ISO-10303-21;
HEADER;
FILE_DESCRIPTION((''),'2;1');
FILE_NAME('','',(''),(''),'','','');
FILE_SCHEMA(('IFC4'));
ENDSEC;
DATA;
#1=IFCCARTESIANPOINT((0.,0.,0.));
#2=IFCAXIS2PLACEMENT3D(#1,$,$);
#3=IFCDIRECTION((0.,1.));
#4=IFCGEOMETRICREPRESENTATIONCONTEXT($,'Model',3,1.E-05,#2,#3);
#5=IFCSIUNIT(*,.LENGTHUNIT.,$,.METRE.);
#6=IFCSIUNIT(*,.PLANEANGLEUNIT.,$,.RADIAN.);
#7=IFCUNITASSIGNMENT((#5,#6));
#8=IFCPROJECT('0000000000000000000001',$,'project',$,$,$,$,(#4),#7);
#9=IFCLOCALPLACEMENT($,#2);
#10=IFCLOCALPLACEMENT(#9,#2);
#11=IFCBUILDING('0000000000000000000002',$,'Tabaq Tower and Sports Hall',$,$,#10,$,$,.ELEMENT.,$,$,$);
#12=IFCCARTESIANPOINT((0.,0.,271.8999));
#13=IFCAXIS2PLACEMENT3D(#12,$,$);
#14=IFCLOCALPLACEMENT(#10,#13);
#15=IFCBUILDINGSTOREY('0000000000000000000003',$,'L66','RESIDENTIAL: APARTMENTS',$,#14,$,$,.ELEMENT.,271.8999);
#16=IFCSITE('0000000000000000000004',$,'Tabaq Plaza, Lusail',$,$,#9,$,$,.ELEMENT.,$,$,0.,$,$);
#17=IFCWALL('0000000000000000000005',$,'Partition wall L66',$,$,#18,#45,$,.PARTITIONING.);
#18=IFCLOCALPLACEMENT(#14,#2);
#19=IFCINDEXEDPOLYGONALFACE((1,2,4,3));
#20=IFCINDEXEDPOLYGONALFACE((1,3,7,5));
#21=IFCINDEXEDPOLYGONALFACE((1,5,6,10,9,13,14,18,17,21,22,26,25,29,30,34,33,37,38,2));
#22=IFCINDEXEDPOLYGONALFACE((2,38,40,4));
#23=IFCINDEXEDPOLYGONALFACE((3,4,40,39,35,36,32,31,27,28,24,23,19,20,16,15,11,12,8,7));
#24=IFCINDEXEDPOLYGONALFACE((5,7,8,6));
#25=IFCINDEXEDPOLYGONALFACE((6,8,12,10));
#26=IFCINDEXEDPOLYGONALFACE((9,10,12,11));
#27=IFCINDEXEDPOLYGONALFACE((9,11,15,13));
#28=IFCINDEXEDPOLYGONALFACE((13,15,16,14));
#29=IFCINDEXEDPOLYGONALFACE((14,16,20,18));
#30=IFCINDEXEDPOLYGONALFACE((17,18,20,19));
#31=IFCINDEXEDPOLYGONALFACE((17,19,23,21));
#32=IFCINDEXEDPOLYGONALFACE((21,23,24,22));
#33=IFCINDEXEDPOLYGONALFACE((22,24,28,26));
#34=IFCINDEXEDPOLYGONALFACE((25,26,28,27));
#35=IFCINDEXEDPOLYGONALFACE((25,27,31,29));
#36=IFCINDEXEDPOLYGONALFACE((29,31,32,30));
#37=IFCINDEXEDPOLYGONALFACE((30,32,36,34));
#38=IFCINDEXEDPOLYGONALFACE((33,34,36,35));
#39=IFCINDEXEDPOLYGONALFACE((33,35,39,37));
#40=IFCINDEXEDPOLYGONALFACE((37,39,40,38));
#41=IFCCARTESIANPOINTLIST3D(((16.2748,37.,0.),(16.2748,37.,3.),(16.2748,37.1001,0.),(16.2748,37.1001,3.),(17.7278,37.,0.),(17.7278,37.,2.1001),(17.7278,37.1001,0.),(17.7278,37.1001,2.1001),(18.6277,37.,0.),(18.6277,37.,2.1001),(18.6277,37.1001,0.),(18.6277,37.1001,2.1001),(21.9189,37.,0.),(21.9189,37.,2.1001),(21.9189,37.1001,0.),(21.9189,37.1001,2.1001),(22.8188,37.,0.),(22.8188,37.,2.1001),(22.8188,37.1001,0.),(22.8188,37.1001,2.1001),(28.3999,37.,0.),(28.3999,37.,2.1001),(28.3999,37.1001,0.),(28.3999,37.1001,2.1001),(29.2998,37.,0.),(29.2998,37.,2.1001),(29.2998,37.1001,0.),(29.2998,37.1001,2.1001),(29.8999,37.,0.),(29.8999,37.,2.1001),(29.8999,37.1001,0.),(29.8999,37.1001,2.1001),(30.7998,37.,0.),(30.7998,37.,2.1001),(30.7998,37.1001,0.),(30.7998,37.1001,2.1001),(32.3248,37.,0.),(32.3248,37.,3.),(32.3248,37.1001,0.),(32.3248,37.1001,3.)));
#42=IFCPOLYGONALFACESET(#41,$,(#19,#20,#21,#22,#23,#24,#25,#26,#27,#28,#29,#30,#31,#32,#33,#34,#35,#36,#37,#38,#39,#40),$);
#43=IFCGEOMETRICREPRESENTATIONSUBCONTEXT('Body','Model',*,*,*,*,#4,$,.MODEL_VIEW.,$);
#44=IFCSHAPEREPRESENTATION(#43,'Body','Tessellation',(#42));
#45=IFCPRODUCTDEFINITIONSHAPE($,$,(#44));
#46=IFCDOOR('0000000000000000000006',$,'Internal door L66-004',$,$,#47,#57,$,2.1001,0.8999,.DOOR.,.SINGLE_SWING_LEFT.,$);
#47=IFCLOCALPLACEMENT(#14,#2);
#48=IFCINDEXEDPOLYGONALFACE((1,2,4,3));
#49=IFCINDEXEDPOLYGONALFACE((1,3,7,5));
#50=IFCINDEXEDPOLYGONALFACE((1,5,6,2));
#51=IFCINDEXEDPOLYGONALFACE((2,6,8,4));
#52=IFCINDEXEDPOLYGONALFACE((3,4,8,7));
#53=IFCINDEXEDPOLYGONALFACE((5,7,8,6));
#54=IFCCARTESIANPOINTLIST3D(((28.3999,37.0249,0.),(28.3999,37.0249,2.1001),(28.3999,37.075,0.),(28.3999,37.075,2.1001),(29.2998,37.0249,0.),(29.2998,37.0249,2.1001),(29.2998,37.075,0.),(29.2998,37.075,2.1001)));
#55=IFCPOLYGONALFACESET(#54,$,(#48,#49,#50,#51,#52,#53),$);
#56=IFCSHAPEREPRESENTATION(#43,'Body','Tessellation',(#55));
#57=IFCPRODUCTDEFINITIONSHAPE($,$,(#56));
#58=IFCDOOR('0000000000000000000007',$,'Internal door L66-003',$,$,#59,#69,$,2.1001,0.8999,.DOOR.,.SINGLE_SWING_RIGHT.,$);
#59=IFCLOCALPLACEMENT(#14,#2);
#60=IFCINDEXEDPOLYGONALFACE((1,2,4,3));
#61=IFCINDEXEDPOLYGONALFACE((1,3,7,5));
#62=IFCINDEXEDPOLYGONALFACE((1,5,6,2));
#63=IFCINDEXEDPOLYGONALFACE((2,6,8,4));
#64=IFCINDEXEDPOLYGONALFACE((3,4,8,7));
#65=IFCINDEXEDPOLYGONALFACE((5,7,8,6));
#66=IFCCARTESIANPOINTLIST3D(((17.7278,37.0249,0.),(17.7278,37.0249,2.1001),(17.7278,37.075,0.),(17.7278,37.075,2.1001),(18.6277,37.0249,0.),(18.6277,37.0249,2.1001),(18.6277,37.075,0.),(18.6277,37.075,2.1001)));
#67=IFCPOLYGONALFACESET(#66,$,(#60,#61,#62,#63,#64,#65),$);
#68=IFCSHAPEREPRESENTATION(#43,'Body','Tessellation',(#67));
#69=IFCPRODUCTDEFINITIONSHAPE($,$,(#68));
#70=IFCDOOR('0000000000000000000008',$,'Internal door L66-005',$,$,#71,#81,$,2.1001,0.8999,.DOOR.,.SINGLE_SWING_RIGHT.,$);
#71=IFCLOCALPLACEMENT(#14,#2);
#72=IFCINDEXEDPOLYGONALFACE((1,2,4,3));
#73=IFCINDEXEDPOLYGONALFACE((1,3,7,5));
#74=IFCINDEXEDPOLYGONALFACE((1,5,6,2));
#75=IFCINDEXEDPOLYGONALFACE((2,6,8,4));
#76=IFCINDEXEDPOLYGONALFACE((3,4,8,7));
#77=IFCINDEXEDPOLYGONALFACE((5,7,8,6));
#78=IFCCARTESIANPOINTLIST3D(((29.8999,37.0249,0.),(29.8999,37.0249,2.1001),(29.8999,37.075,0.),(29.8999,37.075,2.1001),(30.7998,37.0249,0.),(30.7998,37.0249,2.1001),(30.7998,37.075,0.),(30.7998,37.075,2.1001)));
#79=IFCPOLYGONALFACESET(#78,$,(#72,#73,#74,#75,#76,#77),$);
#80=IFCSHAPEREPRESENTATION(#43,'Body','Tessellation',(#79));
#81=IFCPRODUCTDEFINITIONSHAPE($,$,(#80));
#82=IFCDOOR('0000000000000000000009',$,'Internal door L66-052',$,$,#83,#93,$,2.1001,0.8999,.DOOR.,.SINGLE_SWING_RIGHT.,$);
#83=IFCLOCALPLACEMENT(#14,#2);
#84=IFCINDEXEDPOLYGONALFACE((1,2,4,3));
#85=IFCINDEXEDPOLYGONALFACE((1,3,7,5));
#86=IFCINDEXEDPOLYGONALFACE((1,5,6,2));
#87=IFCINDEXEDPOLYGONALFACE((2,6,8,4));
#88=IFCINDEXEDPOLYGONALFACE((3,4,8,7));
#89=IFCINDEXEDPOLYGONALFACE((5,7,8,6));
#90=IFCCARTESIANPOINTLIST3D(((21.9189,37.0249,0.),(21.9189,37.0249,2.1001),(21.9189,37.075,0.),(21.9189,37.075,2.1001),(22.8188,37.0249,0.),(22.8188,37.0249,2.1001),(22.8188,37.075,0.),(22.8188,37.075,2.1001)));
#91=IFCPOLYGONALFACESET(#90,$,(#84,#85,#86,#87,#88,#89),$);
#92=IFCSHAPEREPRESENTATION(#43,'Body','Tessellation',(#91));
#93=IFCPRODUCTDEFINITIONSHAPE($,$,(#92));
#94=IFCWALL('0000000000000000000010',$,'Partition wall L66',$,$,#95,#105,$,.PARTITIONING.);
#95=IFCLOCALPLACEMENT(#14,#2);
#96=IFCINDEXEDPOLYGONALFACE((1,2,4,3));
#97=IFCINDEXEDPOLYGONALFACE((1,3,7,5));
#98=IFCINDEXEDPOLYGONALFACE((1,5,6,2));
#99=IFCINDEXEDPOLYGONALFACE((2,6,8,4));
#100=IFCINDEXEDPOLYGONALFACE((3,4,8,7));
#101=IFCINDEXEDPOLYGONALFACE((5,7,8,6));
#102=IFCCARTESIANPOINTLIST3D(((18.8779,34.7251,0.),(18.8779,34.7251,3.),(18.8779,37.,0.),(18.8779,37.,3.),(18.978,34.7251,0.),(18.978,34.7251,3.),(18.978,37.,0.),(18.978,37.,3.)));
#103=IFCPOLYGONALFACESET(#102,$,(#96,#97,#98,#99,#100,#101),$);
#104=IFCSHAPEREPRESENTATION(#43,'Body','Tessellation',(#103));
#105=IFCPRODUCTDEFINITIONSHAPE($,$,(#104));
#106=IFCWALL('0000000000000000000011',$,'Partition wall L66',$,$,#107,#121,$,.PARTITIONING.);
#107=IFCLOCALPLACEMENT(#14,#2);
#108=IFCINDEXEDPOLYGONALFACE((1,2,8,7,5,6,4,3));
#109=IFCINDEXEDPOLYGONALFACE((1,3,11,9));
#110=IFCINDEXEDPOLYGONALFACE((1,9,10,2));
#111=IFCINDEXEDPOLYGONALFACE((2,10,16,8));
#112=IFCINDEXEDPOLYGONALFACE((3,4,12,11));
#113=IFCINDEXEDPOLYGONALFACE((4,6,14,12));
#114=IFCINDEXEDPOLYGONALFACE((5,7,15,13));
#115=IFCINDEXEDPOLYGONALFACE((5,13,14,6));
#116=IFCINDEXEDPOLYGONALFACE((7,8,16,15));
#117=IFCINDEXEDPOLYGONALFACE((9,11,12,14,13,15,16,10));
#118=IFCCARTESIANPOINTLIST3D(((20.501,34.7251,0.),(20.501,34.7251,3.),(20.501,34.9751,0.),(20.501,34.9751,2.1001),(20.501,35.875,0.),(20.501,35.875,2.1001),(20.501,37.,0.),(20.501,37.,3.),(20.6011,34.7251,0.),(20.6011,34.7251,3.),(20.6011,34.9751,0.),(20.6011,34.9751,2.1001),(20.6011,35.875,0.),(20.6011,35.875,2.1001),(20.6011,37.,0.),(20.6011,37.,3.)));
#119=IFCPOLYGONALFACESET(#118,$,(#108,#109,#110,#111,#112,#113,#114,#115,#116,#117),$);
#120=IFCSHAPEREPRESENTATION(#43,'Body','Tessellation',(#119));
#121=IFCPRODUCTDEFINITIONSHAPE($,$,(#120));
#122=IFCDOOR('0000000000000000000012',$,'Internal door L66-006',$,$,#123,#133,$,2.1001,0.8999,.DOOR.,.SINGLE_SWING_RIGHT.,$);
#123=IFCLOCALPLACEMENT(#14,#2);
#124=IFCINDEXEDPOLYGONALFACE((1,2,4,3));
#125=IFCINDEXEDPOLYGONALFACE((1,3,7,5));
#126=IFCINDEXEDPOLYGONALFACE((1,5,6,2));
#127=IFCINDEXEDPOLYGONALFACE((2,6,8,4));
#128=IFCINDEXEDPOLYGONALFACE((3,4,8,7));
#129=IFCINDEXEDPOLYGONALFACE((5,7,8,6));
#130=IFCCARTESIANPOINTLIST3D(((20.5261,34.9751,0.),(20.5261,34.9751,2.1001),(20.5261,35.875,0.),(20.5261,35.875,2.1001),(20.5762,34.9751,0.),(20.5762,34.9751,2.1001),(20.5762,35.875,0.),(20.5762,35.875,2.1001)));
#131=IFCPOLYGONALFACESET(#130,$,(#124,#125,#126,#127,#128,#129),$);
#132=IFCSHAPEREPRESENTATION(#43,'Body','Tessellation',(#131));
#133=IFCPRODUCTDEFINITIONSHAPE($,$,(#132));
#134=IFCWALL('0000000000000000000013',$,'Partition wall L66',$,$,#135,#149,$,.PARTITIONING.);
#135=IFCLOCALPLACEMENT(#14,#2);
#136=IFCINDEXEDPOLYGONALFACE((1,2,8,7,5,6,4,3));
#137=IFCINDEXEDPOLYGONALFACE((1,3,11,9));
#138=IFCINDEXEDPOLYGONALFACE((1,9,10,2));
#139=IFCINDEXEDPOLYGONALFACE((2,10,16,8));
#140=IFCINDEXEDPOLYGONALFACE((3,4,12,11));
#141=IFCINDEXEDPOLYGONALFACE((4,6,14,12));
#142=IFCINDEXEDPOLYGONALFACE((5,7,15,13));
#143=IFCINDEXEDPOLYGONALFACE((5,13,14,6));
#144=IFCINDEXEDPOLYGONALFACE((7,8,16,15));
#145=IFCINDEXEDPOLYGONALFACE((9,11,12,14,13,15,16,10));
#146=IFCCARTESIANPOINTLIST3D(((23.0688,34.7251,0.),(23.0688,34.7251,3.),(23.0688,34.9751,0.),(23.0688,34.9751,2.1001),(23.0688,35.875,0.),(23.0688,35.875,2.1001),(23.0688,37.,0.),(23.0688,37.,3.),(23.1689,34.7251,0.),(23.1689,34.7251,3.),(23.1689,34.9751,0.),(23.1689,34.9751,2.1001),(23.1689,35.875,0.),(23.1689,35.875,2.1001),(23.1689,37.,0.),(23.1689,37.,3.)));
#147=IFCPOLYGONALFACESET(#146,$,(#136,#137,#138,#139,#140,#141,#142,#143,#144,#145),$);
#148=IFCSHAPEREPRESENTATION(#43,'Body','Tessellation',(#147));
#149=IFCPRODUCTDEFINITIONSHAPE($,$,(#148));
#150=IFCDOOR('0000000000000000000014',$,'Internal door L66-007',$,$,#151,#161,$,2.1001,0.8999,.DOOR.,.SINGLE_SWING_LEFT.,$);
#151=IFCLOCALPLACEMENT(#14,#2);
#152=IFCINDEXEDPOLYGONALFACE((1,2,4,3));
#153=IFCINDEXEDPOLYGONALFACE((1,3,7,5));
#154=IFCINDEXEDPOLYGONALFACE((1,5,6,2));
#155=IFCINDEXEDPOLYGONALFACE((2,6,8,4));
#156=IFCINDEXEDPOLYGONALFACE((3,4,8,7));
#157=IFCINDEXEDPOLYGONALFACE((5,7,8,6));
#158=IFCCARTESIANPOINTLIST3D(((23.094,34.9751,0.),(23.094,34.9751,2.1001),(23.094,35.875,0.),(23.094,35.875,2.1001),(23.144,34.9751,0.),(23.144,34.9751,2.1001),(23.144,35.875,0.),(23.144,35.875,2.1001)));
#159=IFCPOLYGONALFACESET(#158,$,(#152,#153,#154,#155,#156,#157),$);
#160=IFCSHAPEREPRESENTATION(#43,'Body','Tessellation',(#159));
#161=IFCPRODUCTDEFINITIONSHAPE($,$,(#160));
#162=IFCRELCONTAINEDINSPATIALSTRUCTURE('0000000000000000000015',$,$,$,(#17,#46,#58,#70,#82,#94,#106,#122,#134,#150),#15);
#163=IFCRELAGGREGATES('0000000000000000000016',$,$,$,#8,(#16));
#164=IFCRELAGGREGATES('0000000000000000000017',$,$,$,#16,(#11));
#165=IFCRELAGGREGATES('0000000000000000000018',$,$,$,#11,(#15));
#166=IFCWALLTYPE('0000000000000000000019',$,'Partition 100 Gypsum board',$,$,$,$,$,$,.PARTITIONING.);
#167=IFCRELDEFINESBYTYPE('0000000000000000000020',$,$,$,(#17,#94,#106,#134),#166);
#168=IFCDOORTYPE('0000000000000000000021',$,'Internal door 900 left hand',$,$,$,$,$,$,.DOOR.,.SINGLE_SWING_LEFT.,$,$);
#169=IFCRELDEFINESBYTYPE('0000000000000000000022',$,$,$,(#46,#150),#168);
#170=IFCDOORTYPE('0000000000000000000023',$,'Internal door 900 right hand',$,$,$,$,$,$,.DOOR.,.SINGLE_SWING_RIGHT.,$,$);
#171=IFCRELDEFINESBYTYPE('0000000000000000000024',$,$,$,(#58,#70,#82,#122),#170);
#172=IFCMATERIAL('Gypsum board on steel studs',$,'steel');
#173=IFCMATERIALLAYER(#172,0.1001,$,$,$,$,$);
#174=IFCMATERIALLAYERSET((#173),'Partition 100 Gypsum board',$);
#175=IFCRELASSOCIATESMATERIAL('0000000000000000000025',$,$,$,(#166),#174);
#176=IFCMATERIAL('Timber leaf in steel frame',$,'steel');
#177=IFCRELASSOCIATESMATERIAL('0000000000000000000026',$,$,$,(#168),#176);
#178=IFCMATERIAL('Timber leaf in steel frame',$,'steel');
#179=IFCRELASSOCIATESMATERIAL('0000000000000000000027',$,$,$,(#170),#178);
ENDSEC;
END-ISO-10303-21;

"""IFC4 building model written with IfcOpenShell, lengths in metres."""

from ifc_helpers import new_model, si_unit, direction, frame, frame_2d, origin, place, context, subcontext, project, spatial, rectangle, extrude, material, layer, layer_set, type_object, element, fill, save


model = new_model("IFC4")

# Units and contexts
model_context = context("Model", 3, precision=1e-05, world=origin(), true_north=direction((0.0, 1.0)))
body_context = subcontext(model_context, "Body", "Model", "MODEL_VIEW")
ifc_project = project(units=[si_unit("LENGTHUNIT", "METRE"), si_unit("PLANEANGLEUNIT", "RADIAN")], contexts=[model_context])

# Site, building, storey
site_placement = place(None, origin())
site = spatial("IfcSite", under=ifc_project, at=site_placement, Name="Tabaq Plaza, Lusail", CompositionType="ELEMENT", RefElevation=0.0)
building_placement = place(site_placement, origin())
building = spatial("IfcBuilding", under=site, at=building_placement, Name="Tabaq Tower and Sports Hall", CompositionType="ELEMENT")
storey_placement = place(building_placement, frame((0.0, 0.0, 271.8999)))
storey = spatial("IfcBuildingStorey", under=building, at=storey_placement, Name="L66", Description="RESIDENTIAL: APARTMENTS", CompositionType="ELEMENT", Elevation=271.8999)

# Shared definitions
ifc_material_1 = material(Name="Gypsum board on steel studs", Category="steel")
ifc_layer_1 = layer(ifc_material_1, 0.1001)
ifc_layer_set_1 = layer_set([ifc_layer_1], Name="Partition 100 Gypsum board")
wall_type = type_object("IfcWallType", Name="Partition 100 Gypsum board", PredefinedType="PARTITIONING", material=ifc_layer_set_1)

# Shared definitions
ifc_material_2 = material(Name="Timber leaf in steel frame", Category="steel")
door_type_1 = type_object("IfcDoorType", Name="Internal door 900 left hand", OperationType="SINGLE_SWING_LEFT", PredefinedType="DOOR", material=ifc_material_2)

# Wall, openings, doors
wall_1_placement = place(storey_placement, frame((16.2749, 37.05, 0.0), z_axis=(0.0, 0.0, 1.0), x_axis=(1.0, 0.0, 0.0)))
wall_1 = element("IfcWall", 1, at=wall_1_placement, inside=storey, type_object=wall_type, Name="Partition wall L66", PredefinedType="PARTITIONING", context=body_context, shape_type="SweptSolid", body=[
    extrude(rectangle(XDim=16.05, YDim=0.1001, at=frame_2d((8.0249, 0.0))), origin(), (0.0, 0.0, 1.0), 3.0),
])
opening_1_placement = place(wall_1_placement, frame((1.4529, 0.0, 0.0)))
opening_1 = element("IfcOpeningElement", 2, at=opening_1_placement, cuts=wall_1, PredefinedType="OPENING", context=body_context, shape_type="SweptSolid", body=[
    extrude(rectangle(XDim=0.8999, YDim=2.1001, at=frame_2d((0.45, 1.05))), frame((0.0, 0.05, 0.0), z_axis=(0.0, -1.0, 0.0), x_axis=(1.0, 0.0, 0.0)), (0.0, 0.0, 1.0), 0.1001),
])
opening_2_placement = place(wall_1_placement, frame((12.125, 0.0, 0.0)))
opening_2 = element("IfcOpeningElement", 3, at=opening_2_placement, cuts=wall_1, PredefinedType="OPENING", context=body_context, shape_type="SweptSolid", body=[
    extrude(rectangle(XDim=0.8999, YDim=2.1001, at=frame_2d((0.45, 1.05))), frame((0.0, 0.05, 0.0), z_axis=(0.0, -1.0, 0.0), x_axis=(1.0, 0.0, 0.0)), (0.0, 0.0, 1.0), 0.1001),
])
opening_3_placement = place(wall_1_placement, frame((13.625, 0.0, 0.0)))
opening_3 = element("IfcOpeningElement", 4, at=opening_3_placement, cuts=wall_1, PredefinedType="OPENING", context=body_context, shape_type="SweptSolid", body=[
    extrude(rectangle(XDim=0.8999, YDim=2.1001, at=frame_2d((0.45, 1.05))), frame((0.0, 0.05, 0.0), z_axis=(0.0, -1.0, 0.0), x_axis=(1.0, 0.0, 0.0)), (0.0, 0.0, 1.0), 0.1001),
])
opening_4_placement = place(wall_1_placement, frame((5.644, 0.0, 0.0)))
opening_4 = element("IfcOpeningElement", 5, at=opening_4_placement, cuts=wall_1, PredefinedType="OPENING", context=body_context, shape_type="SweptSolid", body=[
    extrude(rectangle(XDim=0.8999, YDim=2.1001, at=frame_2d((0.45, 1.05))), frame((0.0, 0.05, 0.0), z_axis=(0.0, -1.0, 0.0), x_axis=(1.0, 0.0, 0.0)), (0.0, 0.0, 1.0), 0.1001),
])
door_1_placement = place(opening_2_placement, origin())
door_1 = element("IfcDoor", 6, at=door_1_placement, inside=storey, type_object=door_type_1, Name="Internal door L66-004", OperationType="SINGLE_SWING_LEFT", OverallHeight=2.1001, OverallWidth=0.8999, PredefinedType="DOOR", context=body_context, shape_type="SweptSolid", body=[
    extrude(rectangle(XDim=0.8999, YDim=2.1001, at=frame_2d((0.45, 1.05))), frame((0.0, 0.0249, 0.0), z_axis=(0.0, -1.0, 0.0), x_axis=(1.0, 0.0, 0.0)), (0.0, 0.0, 1.0), 0.05),
])
fill(opening_2, door_1)
ifc_material_3 = material(Name="Timber leaf in steel frame", Category="steel")
door_type_2 = type_object("IfcDoorType", Name="Internal door 900 right hand", OperationType="SINGLE_SWING_RIGHT", PredefinedType="DOOR", material=ifc_material_3)
door_2_placement = place(opening_1_placement, origin())
door_2 = element("IfcDoor", 7, at=door_2_placement, inside=storey, type_object=door_type_2, Name="Internal door L66-003", OperationType="SINGLE_SWING_RIGHT", OverallHeight=2.1001, OverallWidth=0.8999, PredefinedType="DOOR", context=body_context, shape_type="SweptSolid", body=[
    extrude(rectangle(XDim=0.8999, YDim=2.1001, at=frame_2d((0.45, 1.05))), frame((0.0, 0.0249, 0.0), z_axis=(0.0, -1.0, 0.0), x_axis=(1.0, 0.0, 0.0)), (0.0, 0.0, 1.0), 0.05),
])
fill(opening_1, door_2)
door_3_placement = place(opening_3_placement, origin())
door_3 = element("IfcDoor", 8, at=door_3_placement, inside=storey, type_object=door_type_2, Name="Internal door L66-005", OperationType="SINGLE_SWING_RIGHT", OverallHeight=2.1001, OverallWidth=0.8999, PredefinedType="DOOR", context=body_context, shape_type="SweptSolid", body=[
    extrude(rectangle(XDim=0.8999, YDim=2.1001, at=frame_2d((0.45, 1.05))), frame((0.0, 0.0249, 0.0), z_axis=(0.0, -1.0, 0.0), x_axis=(1.0, 0.0, 0.0)), (0.0, 0.0, 1.0), 0.05),
])
fill(opening_3, door_3)
door_4_placement = place(opening_4_placement, origin())
door_4 = element("IfcDoor", 9, at=door_4_placement, inside=storey, type_object=door_type_2, Name="Internal door L66-052", OperationType="SINGLE_SWING_RIGHT", OverallHeight=2.1001, OverallWidth=0.8999, PredefinedType="DOOR", context=body_context, shape_type="SweptSolid", body=[
    extrude(rectangle(XDim=0.8999, YDim=2.1001, at=frame_2d((0.45, 1.05))), frame((0.0, 0.0249, 0.0), z_axis=(0.0, -1.0, 0.0), x_axis=(1.0, 0.0, 0.0)), (0.0, 0.0, 1.0), 0.05),
])
fill(opening_4, door_4)

# Wall
wall_2_placement = place(storey_placement, frame((18.928, 34.7251, 0.0), z_axis=(0.0, 0.0, 1.0), x_axis=(0.0, 1.0, 0.0)))
element("IfcWall", 10, at=wall_2_placement, inside=storey, type_object=wall_type, Name="Partition wall L66", PredefinedType="PARTITIONING", context=body_context, shape_type="SweptSolid", body=[
    extrude(rectangle(XDim=2.2749, YDim=0.1001, at=frame_2d((1.1375, 0.0))), origin(), (0.0, 0.0, 1.0), 3.0),
])

# Walls, openings, doors
wall_3_placement = place(storey_placement, frame((20.551, 34.7251, 0.0), z_axis=(0.0, 0.0, 1.0), x_axis=(0.0, 1.0, 0.0)))
wall_3 = element("IfcWall", 11, at=wall_3_placement, inside=storey, type_object=wall_type, Name="Partition wall L66", PredefinedType="PARTITIONING", context=body_context, shape_type="SweptSolid", body=[
    extrude(rectangle(XDim=2.2749, YDim=0.1001, at=frame_2d((1.1375, 0.0))), origin(), (0.0, 0.0, 1.0), 3.0),
])
opening_5_placement = place(wall_3_placement, frame((0.25, 0.0, 0.0)))
opening_5 = element("IfcOpeningElement", 12, at=opening_5_placement, cuts=wall_3, PredefinedType="OPENING", context=body_context, shape_type="SweptSolid", body=[
    extrude(rectangle(XDim=0.8999, YDim=2.1001, at=frame_2d((0.45, 1.05))), frame((0.0, 0.05, 0.0), z_axis=(0.0, -1.0, 0.0), x_axis=(1.0, 0.0, 0.0)), (0.0, 0.0, 1.0), 0.1001),
])
door_5_placement = place(opening_5_placement, origin())
door_5 = element("IfcDoor", 13, at=door_5_placement, inside=storey, type_object=door_type_2, Name="Internal door L66-006", OperationType="SINGLE_SWING_RIGHT", OverallHeight=2.1001, OverallWidth=0.8999, PredefinedType="DOOR", context=body_context, shape_type="SweptSolid", body=[
    extrude(rectangle(XDim=0.8999, YDim=2.1001, at=frame_2d((0.45, 1.05))), frame((0.0, 0.0249, 0.0), z_axis=(0.0, -1.0, 0.0), x_axis=(1.0, 0.0, 0.0)), (0.0, 0.0, 1.0), 0.05),
])
fill(opening_5, door_5)
wall_4_placement = place(storey_placement, frame((23.1189, 34.7251, 0.0), z_axis=(0.0, 0.0, 1.0), x_axis=(0.0, 1.0, 0.0)))
wall_4 = element("IfcWall", 14, at=wall_4_placement, inside=storey, type_object=wall_type, Name="Partition wall L66", PredefinedType="PARTITIONING", context=body_context, shape_type="SweptSolid", body=[
    extrude(rectangle(XDim=2.2749, YDim=0.1001, at=frame_2d((1.1375, 0.0))), origin(), (0.0, 0.0, 1.0), 3.0),
])
opening_6_placement = place(wall_4_placement, frame((0.25, 0.0, 0.0)))
opening_6 = element("IfcOpeningElement", 15, at=opening_6_placement, cuts=wall_4, PredefinedType="OPENING", context=body_context, shape_type="SweptSolid", body=[
    extrude(rectangle(XDim=0.8999, YDim=2.1001, at=frame_2d((0.45, 1.05))), frame((0.0, 0.05, 0.0), z_axis=(0.0, -1.0, 0.0), x_axis=(1.0, 0.0, 0.0)), (0.0, 0.0, 1.0), 0.1001),
])
door_6_placement = place(opening_6_placement, origin())
door_6 = element("IfcDoor", 16, at=door_6_placement, inside=storey, type_object=door_type_1, Name="Internal door L66-007", OperationType="SINGLE_SWING_LEFT", OverallHeight=2.1001, OverallWidth=0.8999, PredefinedType="DOOR", context=body_context, shape_type="SweptSolid", body=[
    extrude(rectangle(XDim=0.8999, YDim=2.1001, at=frame_2d((0.45, 1.05))), frame((0.0, 0.0249, 0.0), z_axis=(0.0, -1.0, 0.0), x_axis=(1.0, 0.0, 0.0)), (0.0, 0.0, 1.0), 0.05),
])
fill(opening_6, door_6)

save(model, "model.ifc")
